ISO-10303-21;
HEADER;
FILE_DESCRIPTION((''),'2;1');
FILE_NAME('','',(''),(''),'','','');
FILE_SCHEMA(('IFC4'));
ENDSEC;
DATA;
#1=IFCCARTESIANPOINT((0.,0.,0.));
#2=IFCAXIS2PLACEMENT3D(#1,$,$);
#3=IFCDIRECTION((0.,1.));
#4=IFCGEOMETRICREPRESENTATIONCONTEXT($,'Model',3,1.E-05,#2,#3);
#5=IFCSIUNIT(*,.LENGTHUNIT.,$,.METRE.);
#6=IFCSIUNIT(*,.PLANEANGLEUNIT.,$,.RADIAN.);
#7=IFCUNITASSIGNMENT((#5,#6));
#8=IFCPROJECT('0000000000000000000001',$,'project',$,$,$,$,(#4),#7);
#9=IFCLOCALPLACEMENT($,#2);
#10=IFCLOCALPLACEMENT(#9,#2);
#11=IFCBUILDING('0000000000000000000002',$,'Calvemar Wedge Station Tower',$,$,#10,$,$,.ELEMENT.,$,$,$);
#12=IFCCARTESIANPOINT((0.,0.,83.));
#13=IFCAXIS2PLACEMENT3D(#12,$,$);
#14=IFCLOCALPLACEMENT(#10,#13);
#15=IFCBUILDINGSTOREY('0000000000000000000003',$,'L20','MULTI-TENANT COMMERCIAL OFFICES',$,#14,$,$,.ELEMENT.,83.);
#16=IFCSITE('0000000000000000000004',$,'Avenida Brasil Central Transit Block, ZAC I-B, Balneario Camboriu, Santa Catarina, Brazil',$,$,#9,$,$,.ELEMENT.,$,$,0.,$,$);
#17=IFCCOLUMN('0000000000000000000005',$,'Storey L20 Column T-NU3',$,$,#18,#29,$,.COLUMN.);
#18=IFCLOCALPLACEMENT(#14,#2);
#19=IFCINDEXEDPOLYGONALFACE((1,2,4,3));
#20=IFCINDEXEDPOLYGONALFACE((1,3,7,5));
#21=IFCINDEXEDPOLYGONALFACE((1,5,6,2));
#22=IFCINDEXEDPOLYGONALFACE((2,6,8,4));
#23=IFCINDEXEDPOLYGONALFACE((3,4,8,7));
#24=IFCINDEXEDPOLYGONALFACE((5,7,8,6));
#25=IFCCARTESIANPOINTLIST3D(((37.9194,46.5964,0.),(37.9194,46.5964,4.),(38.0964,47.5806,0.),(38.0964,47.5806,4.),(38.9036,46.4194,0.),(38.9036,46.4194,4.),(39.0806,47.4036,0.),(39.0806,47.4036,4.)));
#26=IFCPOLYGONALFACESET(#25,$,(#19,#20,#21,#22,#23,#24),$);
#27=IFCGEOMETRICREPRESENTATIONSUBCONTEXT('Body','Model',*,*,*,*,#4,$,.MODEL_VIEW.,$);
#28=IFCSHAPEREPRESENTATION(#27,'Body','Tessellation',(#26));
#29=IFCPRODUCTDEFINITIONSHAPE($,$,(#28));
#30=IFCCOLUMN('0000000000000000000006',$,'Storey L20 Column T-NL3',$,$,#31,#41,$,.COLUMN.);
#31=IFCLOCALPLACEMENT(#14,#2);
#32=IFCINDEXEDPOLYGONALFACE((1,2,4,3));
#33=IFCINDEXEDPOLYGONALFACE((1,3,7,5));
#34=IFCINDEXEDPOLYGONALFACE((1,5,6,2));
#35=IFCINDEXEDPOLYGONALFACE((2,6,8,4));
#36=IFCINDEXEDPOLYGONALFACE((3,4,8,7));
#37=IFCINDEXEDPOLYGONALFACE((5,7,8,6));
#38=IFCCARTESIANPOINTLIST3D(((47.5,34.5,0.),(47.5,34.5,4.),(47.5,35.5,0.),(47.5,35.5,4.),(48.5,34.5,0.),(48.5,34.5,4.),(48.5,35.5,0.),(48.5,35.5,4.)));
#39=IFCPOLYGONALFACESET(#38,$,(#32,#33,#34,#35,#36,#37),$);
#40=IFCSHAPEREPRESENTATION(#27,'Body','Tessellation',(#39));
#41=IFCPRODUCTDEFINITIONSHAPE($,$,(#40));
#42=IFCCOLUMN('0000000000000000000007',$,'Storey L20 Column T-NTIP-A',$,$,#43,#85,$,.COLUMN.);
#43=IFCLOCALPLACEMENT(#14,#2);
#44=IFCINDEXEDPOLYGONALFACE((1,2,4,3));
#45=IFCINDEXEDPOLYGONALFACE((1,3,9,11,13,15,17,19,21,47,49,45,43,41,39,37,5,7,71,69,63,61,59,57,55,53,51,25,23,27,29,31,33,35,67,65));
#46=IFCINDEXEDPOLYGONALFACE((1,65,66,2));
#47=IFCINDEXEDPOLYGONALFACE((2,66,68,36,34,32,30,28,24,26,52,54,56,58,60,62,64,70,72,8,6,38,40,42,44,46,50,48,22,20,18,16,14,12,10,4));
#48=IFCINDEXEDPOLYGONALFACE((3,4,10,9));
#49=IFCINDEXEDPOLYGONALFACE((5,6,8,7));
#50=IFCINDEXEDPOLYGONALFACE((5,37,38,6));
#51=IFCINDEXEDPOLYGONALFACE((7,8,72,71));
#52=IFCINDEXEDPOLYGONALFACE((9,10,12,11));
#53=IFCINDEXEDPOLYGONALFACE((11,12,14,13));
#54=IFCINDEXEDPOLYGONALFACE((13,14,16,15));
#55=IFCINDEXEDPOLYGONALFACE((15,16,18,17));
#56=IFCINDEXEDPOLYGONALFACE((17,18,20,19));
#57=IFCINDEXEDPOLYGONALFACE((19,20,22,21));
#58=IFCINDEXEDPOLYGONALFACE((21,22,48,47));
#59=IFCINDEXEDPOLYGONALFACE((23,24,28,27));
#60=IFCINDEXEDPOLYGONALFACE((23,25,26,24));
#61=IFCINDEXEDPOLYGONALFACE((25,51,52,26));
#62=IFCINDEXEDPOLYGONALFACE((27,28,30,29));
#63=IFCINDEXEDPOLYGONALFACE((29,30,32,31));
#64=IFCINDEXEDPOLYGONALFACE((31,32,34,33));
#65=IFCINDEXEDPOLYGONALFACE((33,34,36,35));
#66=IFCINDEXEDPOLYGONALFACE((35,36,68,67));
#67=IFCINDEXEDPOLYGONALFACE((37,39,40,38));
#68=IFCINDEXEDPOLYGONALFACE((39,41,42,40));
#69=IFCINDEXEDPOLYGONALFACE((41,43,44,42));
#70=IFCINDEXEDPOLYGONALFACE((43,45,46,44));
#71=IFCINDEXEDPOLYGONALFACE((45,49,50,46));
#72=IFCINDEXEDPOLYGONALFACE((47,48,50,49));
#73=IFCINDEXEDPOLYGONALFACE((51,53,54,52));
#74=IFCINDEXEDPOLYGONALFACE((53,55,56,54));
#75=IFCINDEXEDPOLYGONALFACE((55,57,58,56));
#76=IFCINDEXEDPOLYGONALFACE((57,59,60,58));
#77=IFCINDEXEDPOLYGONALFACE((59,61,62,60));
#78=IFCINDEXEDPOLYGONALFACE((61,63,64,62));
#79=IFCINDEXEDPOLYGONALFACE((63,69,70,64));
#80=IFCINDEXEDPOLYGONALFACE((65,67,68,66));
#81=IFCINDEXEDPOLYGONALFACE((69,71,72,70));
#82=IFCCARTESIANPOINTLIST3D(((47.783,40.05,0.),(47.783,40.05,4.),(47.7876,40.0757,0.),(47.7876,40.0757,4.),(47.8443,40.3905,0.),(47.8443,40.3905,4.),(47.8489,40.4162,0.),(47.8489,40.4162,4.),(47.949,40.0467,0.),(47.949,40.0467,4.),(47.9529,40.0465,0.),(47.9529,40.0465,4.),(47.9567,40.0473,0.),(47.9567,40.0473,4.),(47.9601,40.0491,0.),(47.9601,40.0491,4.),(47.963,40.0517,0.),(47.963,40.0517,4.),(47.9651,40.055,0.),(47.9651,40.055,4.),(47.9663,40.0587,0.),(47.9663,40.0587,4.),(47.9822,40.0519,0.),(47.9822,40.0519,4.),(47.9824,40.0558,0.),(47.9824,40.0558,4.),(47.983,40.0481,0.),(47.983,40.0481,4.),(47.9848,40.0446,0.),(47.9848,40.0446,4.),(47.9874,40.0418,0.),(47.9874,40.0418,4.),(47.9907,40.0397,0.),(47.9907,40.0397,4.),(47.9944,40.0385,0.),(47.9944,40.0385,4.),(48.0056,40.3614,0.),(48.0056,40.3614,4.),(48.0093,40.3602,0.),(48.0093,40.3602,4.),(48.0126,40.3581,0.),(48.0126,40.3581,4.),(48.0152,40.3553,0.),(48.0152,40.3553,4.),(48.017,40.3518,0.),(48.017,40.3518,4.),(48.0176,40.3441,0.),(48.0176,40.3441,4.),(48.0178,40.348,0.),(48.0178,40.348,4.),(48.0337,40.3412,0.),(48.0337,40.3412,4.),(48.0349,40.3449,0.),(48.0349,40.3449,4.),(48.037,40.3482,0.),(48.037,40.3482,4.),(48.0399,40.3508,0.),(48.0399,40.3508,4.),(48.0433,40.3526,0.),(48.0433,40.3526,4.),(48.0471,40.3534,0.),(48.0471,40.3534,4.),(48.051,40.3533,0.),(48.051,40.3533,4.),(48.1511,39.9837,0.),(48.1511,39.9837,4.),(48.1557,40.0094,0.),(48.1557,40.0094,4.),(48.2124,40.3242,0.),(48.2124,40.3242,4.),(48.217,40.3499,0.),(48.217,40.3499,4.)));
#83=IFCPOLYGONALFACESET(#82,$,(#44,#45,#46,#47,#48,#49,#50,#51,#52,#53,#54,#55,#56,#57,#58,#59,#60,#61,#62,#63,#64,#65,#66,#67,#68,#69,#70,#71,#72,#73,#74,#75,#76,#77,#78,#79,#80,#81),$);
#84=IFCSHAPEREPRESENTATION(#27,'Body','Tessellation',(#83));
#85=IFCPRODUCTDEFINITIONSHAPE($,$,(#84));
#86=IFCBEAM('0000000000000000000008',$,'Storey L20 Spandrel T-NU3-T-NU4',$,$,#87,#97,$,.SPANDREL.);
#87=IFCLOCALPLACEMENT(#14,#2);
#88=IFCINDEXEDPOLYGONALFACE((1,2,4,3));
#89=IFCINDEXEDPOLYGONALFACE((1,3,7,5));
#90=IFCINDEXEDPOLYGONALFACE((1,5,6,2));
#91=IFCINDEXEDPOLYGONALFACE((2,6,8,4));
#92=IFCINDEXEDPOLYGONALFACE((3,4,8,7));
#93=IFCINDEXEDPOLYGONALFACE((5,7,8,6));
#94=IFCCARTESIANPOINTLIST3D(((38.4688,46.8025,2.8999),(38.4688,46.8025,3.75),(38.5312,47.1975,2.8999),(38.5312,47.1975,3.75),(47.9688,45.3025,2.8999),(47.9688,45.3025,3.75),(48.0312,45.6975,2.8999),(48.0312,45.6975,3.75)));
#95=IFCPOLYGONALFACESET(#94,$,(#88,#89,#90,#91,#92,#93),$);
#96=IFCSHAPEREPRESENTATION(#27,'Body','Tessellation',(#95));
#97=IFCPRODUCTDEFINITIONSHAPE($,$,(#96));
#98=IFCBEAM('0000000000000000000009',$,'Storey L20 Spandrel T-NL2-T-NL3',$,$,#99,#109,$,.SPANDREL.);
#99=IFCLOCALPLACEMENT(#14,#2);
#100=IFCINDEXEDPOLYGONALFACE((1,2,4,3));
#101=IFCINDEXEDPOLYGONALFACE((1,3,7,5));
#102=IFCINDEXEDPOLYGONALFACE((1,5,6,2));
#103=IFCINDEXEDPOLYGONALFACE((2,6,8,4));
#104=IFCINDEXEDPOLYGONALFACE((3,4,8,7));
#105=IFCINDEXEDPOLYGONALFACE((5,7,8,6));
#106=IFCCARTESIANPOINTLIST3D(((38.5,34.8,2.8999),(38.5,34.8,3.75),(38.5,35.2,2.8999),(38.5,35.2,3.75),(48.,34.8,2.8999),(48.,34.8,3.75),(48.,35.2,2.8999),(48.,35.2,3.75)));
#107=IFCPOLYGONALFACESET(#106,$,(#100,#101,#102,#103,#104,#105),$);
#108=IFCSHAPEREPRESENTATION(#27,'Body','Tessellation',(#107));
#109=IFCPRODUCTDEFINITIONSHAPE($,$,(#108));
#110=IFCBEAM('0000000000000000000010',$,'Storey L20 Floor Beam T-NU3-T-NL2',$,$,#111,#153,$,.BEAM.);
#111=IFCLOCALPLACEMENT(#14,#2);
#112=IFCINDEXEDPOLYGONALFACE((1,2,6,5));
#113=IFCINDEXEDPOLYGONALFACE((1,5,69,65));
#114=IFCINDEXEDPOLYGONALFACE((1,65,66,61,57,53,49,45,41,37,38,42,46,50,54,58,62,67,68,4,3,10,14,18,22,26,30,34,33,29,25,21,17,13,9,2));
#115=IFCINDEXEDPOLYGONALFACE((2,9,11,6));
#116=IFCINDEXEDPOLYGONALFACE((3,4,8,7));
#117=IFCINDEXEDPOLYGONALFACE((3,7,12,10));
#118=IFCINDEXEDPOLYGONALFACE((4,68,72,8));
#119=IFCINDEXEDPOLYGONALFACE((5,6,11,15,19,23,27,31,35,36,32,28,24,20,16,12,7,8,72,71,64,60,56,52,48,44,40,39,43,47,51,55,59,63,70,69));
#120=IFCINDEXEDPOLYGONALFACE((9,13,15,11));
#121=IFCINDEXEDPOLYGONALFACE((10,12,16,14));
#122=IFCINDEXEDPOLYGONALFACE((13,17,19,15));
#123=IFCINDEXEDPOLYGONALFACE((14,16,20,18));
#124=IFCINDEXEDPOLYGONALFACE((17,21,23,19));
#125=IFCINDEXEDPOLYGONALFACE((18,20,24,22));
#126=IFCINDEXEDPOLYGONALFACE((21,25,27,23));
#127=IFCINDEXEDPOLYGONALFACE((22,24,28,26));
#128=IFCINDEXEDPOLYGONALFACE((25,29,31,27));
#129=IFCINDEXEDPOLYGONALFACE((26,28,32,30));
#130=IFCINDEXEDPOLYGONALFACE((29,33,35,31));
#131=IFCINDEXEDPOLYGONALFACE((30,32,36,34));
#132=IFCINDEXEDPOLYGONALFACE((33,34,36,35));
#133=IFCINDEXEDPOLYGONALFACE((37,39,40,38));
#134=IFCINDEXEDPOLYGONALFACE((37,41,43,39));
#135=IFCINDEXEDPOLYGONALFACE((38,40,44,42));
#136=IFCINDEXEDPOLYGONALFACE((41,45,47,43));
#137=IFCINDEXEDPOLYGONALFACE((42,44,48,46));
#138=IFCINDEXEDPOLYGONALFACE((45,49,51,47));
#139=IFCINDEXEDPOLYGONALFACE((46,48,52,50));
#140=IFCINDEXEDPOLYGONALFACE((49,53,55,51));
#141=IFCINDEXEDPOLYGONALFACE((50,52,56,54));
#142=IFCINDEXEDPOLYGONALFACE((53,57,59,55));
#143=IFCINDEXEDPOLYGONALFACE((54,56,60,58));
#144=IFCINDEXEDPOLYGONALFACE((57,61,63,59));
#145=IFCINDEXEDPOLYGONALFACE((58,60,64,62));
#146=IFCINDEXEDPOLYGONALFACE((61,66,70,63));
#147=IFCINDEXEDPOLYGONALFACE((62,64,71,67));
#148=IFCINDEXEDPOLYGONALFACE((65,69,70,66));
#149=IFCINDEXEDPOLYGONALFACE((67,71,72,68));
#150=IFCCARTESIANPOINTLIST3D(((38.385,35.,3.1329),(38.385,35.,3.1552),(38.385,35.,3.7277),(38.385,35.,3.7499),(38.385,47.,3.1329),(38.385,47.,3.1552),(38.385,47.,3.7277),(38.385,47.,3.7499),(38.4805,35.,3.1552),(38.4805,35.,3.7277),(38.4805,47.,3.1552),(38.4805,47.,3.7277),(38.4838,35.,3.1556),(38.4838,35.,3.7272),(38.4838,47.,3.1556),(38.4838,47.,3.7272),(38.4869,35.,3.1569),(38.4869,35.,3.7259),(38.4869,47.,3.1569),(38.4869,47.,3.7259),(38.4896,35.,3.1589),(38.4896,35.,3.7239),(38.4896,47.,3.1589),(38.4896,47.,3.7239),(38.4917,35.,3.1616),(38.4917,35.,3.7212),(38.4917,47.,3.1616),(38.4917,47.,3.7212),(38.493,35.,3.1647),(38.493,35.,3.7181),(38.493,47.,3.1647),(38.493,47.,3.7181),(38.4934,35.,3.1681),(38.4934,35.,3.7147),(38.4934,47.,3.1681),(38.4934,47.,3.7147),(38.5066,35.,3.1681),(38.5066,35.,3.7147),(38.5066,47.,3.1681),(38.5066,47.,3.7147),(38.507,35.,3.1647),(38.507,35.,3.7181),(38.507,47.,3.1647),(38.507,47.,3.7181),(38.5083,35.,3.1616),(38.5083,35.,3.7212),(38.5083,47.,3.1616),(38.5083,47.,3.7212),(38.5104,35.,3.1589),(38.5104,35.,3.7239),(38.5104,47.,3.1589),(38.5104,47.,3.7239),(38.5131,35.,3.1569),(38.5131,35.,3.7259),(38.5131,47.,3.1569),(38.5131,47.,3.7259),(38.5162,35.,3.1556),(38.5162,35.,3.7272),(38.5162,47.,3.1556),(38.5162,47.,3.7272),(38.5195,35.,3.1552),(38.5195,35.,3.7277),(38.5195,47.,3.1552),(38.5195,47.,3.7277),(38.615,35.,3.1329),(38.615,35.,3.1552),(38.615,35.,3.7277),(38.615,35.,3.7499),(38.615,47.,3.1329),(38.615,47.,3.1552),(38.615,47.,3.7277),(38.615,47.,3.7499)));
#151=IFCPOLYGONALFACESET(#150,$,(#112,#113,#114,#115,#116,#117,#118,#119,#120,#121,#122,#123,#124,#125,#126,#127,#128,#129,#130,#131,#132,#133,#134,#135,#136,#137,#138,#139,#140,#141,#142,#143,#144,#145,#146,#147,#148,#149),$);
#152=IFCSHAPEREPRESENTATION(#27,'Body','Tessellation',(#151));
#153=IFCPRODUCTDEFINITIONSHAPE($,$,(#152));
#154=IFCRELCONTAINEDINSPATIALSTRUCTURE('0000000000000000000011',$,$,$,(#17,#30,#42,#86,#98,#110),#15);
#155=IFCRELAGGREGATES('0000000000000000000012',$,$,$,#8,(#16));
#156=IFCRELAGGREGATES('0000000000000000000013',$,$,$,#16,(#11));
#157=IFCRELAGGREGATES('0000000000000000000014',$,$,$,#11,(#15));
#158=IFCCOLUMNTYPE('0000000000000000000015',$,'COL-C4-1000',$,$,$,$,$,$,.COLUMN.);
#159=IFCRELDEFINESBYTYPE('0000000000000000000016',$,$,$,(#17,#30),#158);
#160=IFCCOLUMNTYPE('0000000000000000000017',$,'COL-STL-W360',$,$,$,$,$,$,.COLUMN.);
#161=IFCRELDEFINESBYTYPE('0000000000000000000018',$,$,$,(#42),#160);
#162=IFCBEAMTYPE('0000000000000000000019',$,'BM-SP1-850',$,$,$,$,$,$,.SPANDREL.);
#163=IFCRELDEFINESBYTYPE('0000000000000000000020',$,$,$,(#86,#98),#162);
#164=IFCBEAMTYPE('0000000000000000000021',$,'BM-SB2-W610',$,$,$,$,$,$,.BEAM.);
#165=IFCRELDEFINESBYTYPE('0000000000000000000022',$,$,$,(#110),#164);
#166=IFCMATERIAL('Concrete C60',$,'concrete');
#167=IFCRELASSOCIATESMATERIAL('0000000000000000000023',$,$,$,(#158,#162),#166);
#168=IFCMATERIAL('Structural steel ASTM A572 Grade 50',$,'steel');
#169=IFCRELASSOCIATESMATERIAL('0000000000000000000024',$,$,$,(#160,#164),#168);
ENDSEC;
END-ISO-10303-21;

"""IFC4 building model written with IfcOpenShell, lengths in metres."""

from ifc_helpers import new_model, si_unit, direction, frame, origin, origin_2d, place, context, subcontext, project, spatial, rectangle, i_section, extrude, source, transform, mapped, material, material_profile, profile_set, type_object, element, save


model = new_model("IFC4")

# Units and contexts
model_context = context("Model", 3, precision=1e-05, world=origin(), true_north=direction((0.0, 1.0)))
body_context = subcontext(model_context, "Body", "Model", "MODEL_VIEW")
ifc_project = project(units=[si_unit("LENGTHUNIT", "METRE"), si_unit("PLANEANGLEUNIT", "RADIAN")], contexts=[model_context])

# Site, building, storey
site_placement = place(None, origin())
site = spatial("IfcSite", under=ifc_project, at=site_placement, Name="Avenida Brasil Central Transit Block, ZAC I-B, Balneario Camboriu, Santa Catarina, Brazil", CompositionType="ELEMENT", RefElevation=0.0)
building_placement = place(site_placement, origin())
building = spatial("IfcBuilding", under=site, at=building_placement, Name="Calvemar Wedge Station Tower", CompositionType="ELEMENT")
storey_placement = place(building_placement, frame((0.0, 0.0, 83.0)))
storey = spatial("IfcBuildingStorey", under=building, at=storey_placement, Name="L20", Description="MULTI-TENANT COMMERCIAL OFFICES", CompositionType="ELEMENT", Elevation=83.0)

# Columns
ifc_material_1 = material(Name="Concrete C60", Category="concrete")
ifc_material_profile_1 = material_profile(ifc_material_1, rectangle(XDim=1.0, YDim=1.0, at=origin_2d()), Name="RC1000x1000")
ifc_profile_set_1 = profile_set([ifc_material_profile_1], Name="Concrete C60")
column_type_1 = type_object("IfcColumnType", Name="COL-C4-1000", PredefinedType="COLUMN", material=ifc_profile_set_1)
shared_shape_1 = source(origin(), body_context, "Body", "SweptSolid", [
    extrude(rectangle(XDim=1.0, YDim=1.0, at=origin_2d()), origin(), (0.0, 0.0, 1.0), 4.0),
])
for number, where, z_axis, x_axis, name in (
    (1, (38.5, 47.0, 0.0), (0.0, 0.0, 1.0), (0.984196, -0.177085, 0.0), "Storey L20 Column T-NU3"),
    (2, (48.0, 35.0, 0.0), (0.0, 0.0, 1.0), (1.0, 0.0, 0.0), "Storey L20 Column T-NL3"),
):
    element("IfcColumn", number, at=place(storey_placement, frame(where, z_axis=z_axis, x_axis=x_axis)), inside=storey, type_object=column_type_1, Name=name, PredefinedType="COLUMN", context=body_context, shape_type="MappedRepresentation", body=[
        mapped(shared_shape_1, transform((0.0, 0.0, 0.0), scale=1.0)),
    ])
ifc_material_2 = material(Name="Structural steel ASTM A572 Grade 50", Category="steel")
ifc_material_profile_2 = material_profile(ifc_material_2, i_section(OverallWidth=0.374, OverallDepth=0.3721, WebThickness=0.0164, FlangeThickness=0.0261, FilletRadius=0.0149, at=origin_2d()), Name="W360x196")
ifc_profile_set_2 = profile_set([ifc_material_profile_2], Name="Structural steel ASTM A572 Grade 50")
column_type_2 = type_object("IfcColumnType", Name="COL-STL-W360", PredefinedType="COLUMN", material=ifc_profile_set_2)
shared_shape_2 = source(origin(), body_context, "Body", "SweptSolid", [
    extrude(i_section(OverallWidth=0.374, OverallDepth=0.3721, WebThickness=0.0164, FlangeThickness=0.0261, FilletRadius=0.0149, at=origin_2d()), origin(), (0.0, 0.0, 1.0), 4.0),
])
column_placement = place(storey_placement, frame((48.0, 40.2, 0.0), z_axis=(0.0, 0.0, 1.0), x_axis=(0.984196, -0.177085, 0.0)))
element("IfcColumn", 3, at=column_placement, inside=storey, type_object=column_type_2, Name="Storey L20 Column T-NTIP-A", PredefinedType="COLUMN", context=body_context, shape_type="MappedRepresentation", body=[
    mapped(shared_shape_2, transform((0.0, 0.0, 0.0), scale=1.0)),
])

# Beams
ifc_material_profile_3 = material_profile(ifc_material_1, rectangle(XDim=0.3999, YDim=0.8501, at=origin_2d()), Name="RC400x850")
ifc_profile_set_3 = profile_set([ifc_material_profile_3], Name="Concrete C60")
beam_type_1 = type_object("IfcBeamType", Name="BM-SP1-850", PredefinedType="SPANDREL", material=ifc_profile_set_3)
shared_shape_3 = source(origin(), body_context, "Body", "SweptSolid", [
    extrude(rectangle(XDim=0.3999, YDim=0.8501, at=origin_2d()), origin(), (0.0, 0.0, 1.0), 9.6177),
])
beam_1_placement = place(storey_placement, frame((38.5, 47.0, 3.325), z_axis=(0.987763, -0.155963, 0.0), x_axis=(0.155963, 0.987763, 0.0)))
element("IfcBeam", 4, at=beam_1_placement, inside=storey, type_object=beam_type_1, Name="Storey L20 Spandrel T-NU3-T-NU4", PredefinedType="SPANDREL", context=body_context, shape_type="MappedRepresentation", body=[
    mapped(shared_shape_3, transform((0.0, 0.0, 0.0), scale=1.0)),
])
shared_shape_4 = source(origin(), body_context, "Body", "SweptSolid", [
    extrude(rectangle(XDim=0.3999, YDim=0.8501, at=origin_2d()), origin(), (0.0, 0.0, 1.0), 9.5),
])
beam_2_placement = place(storey_placement, frame((38.5, 35.0, 3.325), z_axis=(1.0, 0.0, 0.0), x_axis=(0.0, 1.0, 0.0)))
element("IfcBeam", 5, at=beam_2_placement, inside=storey, type_object=beam_type_1, Name="Storey L20 Spandrel T-NL2-T-NL3", PredefinedType="SPANDREL", context=body_context, shape_type="MappedRepresentation", body=[
    mapped(shared_shape_4, transform((0.0, 0.0, 0.0), scale=1.0)),
])
ifc_material_profile_4 = material_profile(ifc_material_2, i_section(OverallWidth=0.23, OverallDepth=0.6169, WebThickness=0.0132, FlangeThickness=0.0222, FilletRadius=0.0129, at=origin_2d()), Name="W610x140")
ifc_profile_set_4 = profile_set([ifc_material_profile_4], Name="Structural steel ASTM A572 Grade 50")
beam_type_2 = type_object("IfcBeamType", Name="BM-SB2-W610", PredefinedType="BEAM", material=ifc_profile_set_4)
shared_shape_5 = source(origin(), body_context, "Body", "SweptSolid", [
    extrude(i_section(OverallWidth=0.23, OverallDepth=0.6169, WebThickness=0.0132, FlangeThickness=0.0222, FilletRadius=0.0129, at=origin_2d()), origin(), (0.0, 0.0, 1.0), 12.0),
])
beam_3_placement = place(storey_placement, frame((38.5, 47.0, 3.4414), z_axis=(0.0, -1.0, 0.0), x_axis=(1.0, 0.0, 0.0)))
element("IfcBeam", 6, at=beam_3_placement, inside=storey, type_object=beam_type_2, Name="Storey L20 Floor Beam T-NU3-T-NL2", PredefinedType="BEAM", context=body_context, shape_type="MappedRepresentation", body=[
    mapped(shared_shape_5, transform((0.0, 0.0, 0.0), scale=1.0)),
])

save(model, "model.ifc")
